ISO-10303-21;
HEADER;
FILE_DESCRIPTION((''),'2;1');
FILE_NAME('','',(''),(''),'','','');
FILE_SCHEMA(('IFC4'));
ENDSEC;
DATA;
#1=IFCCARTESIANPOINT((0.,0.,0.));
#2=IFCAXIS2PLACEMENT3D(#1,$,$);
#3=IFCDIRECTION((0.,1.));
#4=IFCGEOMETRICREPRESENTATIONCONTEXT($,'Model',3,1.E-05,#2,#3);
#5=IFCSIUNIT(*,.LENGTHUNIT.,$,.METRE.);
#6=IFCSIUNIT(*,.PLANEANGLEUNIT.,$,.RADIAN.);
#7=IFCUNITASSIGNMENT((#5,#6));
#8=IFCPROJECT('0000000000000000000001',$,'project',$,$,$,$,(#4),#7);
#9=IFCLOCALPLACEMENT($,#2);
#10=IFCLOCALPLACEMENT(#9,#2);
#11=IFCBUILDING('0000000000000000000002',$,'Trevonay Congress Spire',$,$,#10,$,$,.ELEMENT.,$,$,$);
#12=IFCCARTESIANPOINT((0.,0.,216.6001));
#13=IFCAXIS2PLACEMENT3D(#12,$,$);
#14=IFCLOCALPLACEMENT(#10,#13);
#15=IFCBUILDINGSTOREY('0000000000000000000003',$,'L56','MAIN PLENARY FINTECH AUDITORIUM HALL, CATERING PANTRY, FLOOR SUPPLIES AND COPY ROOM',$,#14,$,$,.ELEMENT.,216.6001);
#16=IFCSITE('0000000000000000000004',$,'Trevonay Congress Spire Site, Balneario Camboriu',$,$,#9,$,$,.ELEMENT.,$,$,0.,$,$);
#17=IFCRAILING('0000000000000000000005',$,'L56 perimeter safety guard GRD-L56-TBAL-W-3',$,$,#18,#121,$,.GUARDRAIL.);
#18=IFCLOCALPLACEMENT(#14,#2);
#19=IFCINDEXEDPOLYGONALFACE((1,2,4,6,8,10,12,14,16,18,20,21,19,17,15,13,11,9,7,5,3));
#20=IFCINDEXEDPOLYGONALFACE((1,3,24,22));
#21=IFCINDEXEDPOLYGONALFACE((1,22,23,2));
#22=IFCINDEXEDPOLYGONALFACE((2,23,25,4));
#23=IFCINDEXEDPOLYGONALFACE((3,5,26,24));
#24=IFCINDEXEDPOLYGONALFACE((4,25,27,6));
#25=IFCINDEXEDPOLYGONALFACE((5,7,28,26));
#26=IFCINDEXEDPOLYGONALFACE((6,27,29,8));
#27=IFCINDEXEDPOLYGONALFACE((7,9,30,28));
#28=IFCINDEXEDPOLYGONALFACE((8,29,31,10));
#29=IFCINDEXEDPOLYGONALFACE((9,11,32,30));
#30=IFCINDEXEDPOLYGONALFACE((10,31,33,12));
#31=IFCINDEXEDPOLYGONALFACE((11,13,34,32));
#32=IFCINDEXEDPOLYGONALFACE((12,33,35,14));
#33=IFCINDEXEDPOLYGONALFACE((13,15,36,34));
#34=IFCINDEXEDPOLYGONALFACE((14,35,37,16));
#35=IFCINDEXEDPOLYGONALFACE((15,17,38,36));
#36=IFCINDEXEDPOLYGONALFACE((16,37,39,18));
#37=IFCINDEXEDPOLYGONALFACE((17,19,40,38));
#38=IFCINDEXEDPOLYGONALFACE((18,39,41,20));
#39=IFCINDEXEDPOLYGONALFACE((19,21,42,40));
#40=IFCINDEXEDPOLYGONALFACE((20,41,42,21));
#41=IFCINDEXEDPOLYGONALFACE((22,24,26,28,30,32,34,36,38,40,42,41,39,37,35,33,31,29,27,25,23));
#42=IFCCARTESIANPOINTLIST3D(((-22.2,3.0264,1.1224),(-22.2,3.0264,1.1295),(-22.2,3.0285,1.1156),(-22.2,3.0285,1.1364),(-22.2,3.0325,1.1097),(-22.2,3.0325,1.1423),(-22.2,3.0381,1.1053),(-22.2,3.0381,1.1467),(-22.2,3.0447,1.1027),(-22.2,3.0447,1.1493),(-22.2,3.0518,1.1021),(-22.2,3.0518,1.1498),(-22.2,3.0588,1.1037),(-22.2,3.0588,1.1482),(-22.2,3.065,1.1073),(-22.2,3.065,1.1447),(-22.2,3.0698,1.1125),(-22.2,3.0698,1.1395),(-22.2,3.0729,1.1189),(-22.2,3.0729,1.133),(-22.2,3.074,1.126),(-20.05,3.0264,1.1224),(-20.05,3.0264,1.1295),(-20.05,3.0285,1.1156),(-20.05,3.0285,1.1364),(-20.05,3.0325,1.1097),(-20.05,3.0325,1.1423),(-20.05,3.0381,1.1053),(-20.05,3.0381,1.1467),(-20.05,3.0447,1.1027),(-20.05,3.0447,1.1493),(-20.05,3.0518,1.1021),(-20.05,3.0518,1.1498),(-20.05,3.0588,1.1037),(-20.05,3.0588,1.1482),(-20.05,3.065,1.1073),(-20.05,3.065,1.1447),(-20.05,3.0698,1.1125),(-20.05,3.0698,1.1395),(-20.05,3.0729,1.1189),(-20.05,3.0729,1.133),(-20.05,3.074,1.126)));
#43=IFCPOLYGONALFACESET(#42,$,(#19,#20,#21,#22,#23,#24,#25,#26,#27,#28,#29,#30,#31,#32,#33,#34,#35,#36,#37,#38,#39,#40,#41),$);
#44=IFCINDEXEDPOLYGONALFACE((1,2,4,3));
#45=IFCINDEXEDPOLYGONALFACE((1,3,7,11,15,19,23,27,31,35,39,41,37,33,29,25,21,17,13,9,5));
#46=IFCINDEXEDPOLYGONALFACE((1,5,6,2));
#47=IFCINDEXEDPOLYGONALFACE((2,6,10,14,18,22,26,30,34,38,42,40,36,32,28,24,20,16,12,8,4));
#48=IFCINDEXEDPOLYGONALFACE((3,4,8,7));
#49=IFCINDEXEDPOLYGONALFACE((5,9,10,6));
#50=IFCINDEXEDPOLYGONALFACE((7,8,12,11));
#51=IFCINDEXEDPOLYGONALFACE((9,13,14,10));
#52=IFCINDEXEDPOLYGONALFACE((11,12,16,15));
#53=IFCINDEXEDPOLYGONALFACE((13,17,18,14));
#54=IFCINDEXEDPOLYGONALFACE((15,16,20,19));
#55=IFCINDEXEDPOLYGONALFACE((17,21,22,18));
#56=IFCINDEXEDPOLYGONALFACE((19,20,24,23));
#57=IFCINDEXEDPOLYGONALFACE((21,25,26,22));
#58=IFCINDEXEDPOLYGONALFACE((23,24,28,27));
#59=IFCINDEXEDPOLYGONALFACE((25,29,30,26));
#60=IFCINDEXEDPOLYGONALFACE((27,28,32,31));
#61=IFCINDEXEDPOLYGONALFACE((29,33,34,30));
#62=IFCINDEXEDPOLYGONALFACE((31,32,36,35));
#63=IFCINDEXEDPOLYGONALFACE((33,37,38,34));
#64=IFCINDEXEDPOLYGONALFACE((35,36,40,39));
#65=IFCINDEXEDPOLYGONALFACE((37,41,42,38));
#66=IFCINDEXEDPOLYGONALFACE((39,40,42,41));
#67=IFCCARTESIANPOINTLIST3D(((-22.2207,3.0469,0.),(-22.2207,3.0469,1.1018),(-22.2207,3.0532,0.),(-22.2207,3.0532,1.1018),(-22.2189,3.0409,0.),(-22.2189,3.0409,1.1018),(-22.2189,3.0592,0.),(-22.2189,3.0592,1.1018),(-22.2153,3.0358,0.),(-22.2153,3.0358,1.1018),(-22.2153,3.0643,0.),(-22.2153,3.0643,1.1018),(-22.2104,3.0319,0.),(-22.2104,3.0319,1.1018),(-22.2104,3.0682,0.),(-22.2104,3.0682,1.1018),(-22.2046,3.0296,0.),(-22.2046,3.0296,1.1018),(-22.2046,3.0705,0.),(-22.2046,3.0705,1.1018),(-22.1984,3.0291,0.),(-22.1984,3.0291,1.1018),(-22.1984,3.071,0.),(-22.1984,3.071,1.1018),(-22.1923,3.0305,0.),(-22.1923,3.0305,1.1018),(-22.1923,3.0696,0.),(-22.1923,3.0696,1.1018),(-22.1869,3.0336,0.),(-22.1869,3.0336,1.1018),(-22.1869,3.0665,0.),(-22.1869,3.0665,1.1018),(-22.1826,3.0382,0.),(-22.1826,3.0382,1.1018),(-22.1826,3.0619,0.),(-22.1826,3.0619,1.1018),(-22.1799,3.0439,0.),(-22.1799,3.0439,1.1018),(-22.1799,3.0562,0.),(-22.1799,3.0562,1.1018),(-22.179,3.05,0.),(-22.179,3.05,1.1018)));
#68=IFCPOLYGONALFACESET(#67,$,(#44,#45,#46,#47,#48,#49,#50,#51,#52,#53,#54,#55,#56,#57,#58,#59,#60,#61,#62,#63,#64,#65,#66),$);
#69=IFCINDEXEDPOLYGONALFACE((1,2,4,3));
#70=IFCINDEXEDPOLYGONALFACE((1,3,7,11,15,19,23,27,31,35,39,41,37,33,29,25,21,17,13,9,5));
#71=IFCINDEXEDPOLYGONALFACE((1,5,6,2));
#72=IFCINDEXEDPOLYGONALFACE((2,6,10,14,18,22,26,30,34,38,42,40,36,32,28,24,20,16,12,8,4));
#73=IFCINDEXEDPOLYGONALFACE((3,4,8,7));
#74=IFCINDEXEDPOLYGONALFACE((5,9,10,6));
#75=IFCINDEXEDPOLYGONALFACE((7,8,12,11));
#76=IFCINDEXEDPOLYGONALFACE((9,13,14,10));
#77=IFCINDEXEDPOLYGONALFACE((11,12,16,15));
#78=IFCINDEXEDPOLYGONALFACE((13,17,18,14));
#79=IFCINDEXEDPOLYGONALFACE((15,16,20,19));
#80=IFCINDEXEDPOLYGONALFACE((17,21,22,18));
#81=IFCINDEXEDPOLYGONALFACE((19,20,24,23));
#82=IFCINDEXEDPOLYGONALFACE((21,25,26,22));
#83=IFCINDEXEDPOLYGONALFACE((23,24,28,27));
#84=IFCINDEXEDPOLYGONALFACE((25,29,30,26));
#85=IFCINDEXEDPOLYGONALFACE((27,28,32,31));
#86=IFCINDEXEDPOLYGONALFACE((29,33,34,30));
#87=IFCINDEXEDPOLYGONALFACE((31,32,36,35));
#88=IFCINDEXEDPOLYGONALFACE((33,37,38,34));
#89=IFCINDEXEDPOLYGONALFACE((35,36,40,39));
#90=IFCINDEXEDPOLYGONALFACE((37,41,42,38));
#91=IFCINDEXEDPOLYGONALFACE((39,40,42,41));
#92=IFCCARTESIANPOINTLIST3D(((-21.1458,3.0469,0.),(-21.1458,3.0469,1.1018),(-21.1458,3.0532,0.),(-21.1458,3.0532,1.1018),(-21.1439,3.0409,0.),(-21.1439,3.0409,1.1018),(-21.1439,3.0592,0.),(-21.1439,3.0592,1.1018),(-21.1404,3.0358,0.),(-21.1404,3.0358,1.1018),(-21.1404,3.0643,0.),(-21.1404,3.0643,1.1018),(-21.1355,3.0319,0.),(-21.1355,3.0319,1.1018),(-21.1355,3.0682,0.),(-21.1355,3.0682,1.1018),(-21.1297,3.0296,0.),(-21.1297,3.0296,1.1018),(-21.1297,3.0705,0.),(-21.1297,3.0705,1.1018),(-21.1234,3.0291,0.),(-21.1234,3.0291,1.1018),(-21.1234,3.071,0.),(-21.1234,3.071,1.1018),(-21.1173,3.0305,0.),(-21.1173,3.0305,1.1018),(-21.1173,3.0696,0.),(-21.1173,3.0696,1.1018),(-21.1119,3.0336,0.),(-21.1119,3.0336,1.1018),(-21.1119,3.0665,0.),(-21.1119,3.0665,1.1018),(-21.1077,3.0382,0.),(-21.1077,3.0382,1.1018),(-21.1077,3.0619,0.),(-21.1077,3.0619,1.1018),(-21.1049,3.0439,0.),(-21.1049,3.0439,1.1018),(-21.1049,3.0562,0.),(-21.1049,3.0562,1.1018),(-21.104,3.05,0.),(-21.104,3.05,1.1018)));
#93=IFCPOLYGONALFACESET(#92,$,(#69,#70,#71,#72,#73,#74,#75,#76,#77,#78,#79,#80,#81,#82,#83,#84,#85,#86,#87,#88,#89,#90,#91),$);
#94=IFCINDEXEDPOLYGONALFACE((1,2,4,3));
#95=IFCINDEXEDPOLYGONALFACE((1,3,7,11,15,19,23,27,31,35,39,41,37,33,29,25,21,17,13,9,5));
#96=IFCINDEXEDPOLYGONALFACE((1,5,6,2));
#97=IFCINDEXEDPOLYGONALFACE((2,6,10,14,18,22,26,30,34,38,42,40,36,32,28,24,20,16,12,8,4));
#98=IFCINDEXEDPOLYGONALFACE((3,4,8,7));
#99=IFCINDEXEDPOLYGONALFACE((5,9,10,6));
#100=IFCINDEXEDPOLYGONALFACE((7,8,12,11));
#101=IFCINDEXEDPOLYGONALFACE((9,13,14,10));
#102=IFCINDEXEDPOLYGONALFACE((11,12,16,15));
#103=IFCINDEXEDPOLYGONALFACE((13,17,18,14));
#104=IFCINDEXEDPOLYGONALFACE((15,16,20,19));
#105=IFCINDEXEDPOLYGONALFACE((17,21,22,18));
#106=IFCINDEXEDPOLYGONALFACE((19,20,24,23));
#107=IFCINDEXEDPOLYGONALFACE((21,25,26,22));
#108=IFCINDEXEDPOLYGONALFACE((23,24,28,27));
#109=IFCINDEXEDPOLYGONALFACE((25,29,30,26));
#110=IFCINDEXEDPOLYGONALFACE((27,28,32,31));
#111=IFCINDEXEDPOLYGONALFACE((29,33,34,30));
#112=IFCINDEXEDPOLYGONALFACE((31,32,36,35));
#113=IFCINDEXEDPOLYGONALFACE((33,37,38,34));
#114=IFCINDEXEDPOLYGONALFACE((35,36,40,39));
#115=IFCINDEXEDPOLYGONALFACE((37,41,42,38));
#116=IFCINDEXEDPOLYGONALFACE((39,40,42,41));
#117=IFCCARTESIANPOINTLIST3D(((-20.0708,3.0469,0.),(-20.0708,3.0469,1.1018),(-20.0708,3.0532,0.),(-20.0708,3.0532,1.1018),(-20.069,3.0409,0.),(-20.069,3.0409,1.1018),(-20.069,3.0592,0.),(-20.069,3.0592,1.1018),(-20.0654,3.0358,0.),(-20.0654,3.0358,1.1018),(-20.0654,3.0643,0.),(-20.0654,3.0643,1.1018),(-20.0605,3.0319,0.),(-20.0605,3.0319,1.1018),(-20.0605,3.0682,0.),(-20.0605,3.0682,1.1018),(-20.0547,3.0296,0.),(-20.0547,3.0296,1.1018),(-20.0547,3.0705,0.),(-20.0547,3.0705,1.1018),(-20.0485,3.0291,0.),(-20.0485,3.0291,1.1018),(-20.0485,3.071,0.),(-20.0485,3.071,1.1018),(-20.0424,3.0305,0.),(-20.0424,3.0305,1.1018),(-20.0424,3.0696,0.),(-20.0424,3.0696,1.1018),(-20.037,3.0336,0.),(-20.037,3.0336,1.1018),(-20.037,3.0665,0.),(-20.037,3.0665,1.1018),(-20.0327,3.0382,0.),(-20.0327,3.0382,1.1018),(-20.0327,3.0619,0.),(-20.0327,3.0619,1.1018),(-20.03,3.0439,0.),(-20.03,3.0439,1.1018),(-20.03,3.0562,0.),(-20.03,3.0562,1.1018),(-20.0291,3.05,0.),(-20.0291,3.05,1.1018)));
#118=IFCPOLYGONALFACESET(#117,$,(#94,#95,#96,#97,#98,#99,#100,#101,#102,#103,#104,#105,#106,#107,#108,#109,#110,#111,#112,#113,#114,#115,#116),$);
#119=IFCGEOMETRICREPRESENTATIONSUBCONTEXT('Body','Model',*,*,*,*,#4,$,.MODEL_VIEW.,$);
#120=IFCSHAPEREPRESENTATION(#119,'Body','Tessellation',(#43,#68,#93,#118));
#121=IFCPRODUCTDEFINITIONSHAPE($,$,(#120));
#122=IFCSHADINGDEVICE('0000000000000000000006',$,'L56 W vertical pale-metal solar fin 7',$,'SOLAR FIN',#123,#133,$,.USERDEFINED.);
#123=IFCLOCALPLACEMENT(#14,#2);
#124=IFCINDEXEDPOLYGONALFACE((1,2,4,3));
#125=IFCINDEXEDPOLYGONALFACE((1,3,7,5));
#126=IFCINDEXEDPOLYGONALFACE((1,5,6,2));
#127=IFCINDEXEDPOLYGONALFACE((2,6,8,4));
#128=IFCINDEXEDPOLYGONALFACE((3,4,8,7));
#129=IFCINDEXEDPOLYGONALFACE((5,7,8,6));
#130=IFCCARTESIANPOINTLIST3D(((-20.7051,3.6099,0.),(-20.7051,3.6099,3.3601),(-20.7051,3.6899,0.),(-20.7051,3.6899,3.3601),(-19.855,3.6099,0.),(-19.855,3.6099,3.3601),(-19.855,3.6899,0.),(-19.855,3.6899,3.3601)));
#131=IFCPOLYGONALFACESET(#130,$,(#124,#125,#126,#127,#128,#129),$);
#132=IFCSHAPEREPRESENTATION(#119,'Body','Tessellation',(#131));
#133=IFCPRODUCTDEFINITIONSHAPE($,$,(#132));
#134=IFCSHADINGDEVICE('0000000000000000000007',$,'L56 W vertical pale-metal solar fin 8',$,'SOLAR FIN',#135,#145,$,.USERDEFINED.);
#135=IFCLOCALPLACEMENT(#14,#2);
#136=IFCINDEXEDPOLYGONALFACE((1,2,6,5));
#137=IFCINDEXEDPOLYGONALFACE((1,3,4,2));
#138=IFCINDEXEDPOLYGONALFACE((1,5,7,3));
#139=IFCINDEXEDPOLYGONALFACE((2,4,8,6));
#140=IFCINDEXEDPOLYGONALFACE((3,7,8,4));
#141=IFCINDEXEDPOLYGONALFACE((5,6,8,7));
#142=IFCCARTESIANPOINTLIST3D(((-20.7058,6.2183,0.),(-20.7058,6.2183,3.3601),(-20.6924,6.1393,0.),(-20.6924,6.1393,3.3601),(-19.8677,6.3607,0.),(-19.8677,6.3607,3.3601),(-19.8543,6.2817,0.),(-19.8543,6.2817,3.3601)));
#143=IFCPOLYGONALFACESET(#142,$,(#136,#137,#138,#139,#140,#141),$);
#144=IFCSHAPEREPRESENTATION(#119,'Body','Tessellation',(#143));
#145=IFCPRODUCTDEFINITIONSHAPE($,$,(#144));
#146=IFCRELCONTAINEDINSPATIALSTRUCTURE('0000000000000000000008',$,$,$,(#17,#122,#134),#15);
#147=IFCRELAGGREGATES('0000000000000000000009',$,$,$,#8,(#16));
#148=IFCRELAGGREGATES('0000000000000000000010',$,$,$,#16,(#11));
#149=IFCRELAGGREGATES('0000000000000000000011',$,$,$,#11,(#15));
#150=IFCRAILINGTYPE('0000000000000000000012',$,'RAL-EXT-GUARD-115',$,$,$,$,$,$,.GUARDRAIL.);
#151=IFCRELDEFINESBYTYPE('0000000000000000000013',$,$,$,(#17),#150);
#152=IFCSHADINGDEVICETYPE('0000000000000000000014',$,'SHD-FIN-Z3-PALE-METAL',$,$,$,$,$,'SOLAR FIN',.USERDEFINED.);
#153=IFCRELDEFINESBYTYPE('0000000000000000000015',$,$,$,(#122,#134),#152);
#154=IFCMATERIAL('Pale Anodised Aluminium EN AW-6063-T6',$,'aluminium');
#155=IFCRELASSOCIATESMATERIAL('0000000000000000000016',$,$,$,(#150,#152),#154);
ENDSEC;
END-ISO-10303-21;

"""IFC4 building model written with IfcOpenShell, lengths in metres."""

from ifc_helpers import new_model, si_unit, direction, frame, origin, origin_2d, place, context, subcontext, project, spatial, rectangle, circle, extrude, material, type_object, element, save


model = new_model("IFC4")

# Units and contexts
model_context = context("Model", 3, precision=1e-05, world=origin(), true_north=direction((0.0, 1.0)))
body_context = subcontext(model_context, "Body", "Model", "MODEL_VIEW")
ifc_project = project(units=[si_unit("LENGTHUNIT", "METRE"), si_unit("PLANEANGLEUNIT", "RADIAN")], contexts=[model_context])

# Site, building, storey
site_placement = place(None, origin())
site = spatial("IfcSite", under=ifc_project, at=site_placement, Name="Trevonay Congress Spire Site, Balneario Camboriu", CompositionType="ELEMENT", RefElevation=0.0)
building_placement = place(site_placement, origin())
building = spatial("IfcBuilding", under=site, at=building_placement, Name="Trevonay Congress Spire", CompositionType="ELEMENT")
storey_placement = place(building_placement, frame((0.0, 0.0, 216.6001)))
storey = spatial("IfcBuildingStorey", under=building, at=storey_placement, Name="L56", Description="MAIN PLENARY FINTECH AUDITORIUM HALL, CATERING PANTRY, FLOOR SUPPLIES AND COPY ROOM", CompositionType="ELEMENT", Elevation=216.6001)

# Shared definitions
ifc_material_1 = material(Name="Pale Anodised Aluminium EN AW-6063-T6", Category="aluminium")

# Railing
railing_type = type_object("IfcRailingType", Name="RAL-EXT-GUARD-115", PredefinedType="GUARDRAIL", material=ifc_material_1)
railing_placement = place(storey_placement, frame((-22.2, 3.05, 0.0)))
element("IfcRailing", 1, at=railing_placement, inside=storey, type_object=railing_type, Name="L56 perimeter safety guard GRD-L56-TBAL-W-3", PredefinedType="GUARDRAIL", context=body_context, shape_type="SweptSolid", body=[
    extrude(circle(Radius=0.0239, at=origin_2d()), frame((0.0, 0.0, 1.126), z_axis=(1.0, 0.0, 0.0), x_axis=(0.0, 1.0, 0.0)), (0.0, 0.0, 1.0), 2.1499),
    extrude(circle(Radius=0.021, at=origin_2d()), origin(), (0.0, 0.0, 1.0), 1.1018),
    extrude(circle(Radius=0.021, at=origin_2d()), frame((1.075, 0.0, 0.0)), (0.0, 0.0, 1.0), 1.1018),
    extrude(circle(Radius=0.021, at=origin_2d()), frame((2.1499, 0.0, 0.0)), (0.0, 0.0, 1.0), 1.1018),
])

# Shading devices
shading_device_type = type_object("IfcShadingDeviceType", Name="SHD-FIN-Z3-PALE-METAL", ElementType="SOLAR FIN", PredefinedType="USERDEFINED", material=ifc_material_1)
for number, where, z_axis, x_axis, name in (
    (2, (-20.28, 3.6499, 0.0), (0.0, 0.0, 1.0), (0.0, 1.0, 0.0), "L56 W vertical pale-metal solar fin 7"),
    (3, (-20.28, 6.25, 0.0), (0.0, 0.0, 1.0), (-0.167457, 0.985879, 0.0), "L56 W vertical pale-metal solar fin 8"),
):
    element("IfcShadingDevice", number, at=place(storey_placement, frame(where, z_axis=z_axis, x_axis=x_axis)), inside=storey, type_object=shading_device_type, Name=name, ObjectType="SOLAR FIN", PredefinedType="USERDEFINED", context=body_context, shape_type="SweptSolid", body=[
        extrude(rectangle(XDim=0.0801, YDim=0.8501, at=origin_2d()), origin(), (0.0, 0.0, 1.0), 3.3601),
    ])

save(model, "model.ifc")
